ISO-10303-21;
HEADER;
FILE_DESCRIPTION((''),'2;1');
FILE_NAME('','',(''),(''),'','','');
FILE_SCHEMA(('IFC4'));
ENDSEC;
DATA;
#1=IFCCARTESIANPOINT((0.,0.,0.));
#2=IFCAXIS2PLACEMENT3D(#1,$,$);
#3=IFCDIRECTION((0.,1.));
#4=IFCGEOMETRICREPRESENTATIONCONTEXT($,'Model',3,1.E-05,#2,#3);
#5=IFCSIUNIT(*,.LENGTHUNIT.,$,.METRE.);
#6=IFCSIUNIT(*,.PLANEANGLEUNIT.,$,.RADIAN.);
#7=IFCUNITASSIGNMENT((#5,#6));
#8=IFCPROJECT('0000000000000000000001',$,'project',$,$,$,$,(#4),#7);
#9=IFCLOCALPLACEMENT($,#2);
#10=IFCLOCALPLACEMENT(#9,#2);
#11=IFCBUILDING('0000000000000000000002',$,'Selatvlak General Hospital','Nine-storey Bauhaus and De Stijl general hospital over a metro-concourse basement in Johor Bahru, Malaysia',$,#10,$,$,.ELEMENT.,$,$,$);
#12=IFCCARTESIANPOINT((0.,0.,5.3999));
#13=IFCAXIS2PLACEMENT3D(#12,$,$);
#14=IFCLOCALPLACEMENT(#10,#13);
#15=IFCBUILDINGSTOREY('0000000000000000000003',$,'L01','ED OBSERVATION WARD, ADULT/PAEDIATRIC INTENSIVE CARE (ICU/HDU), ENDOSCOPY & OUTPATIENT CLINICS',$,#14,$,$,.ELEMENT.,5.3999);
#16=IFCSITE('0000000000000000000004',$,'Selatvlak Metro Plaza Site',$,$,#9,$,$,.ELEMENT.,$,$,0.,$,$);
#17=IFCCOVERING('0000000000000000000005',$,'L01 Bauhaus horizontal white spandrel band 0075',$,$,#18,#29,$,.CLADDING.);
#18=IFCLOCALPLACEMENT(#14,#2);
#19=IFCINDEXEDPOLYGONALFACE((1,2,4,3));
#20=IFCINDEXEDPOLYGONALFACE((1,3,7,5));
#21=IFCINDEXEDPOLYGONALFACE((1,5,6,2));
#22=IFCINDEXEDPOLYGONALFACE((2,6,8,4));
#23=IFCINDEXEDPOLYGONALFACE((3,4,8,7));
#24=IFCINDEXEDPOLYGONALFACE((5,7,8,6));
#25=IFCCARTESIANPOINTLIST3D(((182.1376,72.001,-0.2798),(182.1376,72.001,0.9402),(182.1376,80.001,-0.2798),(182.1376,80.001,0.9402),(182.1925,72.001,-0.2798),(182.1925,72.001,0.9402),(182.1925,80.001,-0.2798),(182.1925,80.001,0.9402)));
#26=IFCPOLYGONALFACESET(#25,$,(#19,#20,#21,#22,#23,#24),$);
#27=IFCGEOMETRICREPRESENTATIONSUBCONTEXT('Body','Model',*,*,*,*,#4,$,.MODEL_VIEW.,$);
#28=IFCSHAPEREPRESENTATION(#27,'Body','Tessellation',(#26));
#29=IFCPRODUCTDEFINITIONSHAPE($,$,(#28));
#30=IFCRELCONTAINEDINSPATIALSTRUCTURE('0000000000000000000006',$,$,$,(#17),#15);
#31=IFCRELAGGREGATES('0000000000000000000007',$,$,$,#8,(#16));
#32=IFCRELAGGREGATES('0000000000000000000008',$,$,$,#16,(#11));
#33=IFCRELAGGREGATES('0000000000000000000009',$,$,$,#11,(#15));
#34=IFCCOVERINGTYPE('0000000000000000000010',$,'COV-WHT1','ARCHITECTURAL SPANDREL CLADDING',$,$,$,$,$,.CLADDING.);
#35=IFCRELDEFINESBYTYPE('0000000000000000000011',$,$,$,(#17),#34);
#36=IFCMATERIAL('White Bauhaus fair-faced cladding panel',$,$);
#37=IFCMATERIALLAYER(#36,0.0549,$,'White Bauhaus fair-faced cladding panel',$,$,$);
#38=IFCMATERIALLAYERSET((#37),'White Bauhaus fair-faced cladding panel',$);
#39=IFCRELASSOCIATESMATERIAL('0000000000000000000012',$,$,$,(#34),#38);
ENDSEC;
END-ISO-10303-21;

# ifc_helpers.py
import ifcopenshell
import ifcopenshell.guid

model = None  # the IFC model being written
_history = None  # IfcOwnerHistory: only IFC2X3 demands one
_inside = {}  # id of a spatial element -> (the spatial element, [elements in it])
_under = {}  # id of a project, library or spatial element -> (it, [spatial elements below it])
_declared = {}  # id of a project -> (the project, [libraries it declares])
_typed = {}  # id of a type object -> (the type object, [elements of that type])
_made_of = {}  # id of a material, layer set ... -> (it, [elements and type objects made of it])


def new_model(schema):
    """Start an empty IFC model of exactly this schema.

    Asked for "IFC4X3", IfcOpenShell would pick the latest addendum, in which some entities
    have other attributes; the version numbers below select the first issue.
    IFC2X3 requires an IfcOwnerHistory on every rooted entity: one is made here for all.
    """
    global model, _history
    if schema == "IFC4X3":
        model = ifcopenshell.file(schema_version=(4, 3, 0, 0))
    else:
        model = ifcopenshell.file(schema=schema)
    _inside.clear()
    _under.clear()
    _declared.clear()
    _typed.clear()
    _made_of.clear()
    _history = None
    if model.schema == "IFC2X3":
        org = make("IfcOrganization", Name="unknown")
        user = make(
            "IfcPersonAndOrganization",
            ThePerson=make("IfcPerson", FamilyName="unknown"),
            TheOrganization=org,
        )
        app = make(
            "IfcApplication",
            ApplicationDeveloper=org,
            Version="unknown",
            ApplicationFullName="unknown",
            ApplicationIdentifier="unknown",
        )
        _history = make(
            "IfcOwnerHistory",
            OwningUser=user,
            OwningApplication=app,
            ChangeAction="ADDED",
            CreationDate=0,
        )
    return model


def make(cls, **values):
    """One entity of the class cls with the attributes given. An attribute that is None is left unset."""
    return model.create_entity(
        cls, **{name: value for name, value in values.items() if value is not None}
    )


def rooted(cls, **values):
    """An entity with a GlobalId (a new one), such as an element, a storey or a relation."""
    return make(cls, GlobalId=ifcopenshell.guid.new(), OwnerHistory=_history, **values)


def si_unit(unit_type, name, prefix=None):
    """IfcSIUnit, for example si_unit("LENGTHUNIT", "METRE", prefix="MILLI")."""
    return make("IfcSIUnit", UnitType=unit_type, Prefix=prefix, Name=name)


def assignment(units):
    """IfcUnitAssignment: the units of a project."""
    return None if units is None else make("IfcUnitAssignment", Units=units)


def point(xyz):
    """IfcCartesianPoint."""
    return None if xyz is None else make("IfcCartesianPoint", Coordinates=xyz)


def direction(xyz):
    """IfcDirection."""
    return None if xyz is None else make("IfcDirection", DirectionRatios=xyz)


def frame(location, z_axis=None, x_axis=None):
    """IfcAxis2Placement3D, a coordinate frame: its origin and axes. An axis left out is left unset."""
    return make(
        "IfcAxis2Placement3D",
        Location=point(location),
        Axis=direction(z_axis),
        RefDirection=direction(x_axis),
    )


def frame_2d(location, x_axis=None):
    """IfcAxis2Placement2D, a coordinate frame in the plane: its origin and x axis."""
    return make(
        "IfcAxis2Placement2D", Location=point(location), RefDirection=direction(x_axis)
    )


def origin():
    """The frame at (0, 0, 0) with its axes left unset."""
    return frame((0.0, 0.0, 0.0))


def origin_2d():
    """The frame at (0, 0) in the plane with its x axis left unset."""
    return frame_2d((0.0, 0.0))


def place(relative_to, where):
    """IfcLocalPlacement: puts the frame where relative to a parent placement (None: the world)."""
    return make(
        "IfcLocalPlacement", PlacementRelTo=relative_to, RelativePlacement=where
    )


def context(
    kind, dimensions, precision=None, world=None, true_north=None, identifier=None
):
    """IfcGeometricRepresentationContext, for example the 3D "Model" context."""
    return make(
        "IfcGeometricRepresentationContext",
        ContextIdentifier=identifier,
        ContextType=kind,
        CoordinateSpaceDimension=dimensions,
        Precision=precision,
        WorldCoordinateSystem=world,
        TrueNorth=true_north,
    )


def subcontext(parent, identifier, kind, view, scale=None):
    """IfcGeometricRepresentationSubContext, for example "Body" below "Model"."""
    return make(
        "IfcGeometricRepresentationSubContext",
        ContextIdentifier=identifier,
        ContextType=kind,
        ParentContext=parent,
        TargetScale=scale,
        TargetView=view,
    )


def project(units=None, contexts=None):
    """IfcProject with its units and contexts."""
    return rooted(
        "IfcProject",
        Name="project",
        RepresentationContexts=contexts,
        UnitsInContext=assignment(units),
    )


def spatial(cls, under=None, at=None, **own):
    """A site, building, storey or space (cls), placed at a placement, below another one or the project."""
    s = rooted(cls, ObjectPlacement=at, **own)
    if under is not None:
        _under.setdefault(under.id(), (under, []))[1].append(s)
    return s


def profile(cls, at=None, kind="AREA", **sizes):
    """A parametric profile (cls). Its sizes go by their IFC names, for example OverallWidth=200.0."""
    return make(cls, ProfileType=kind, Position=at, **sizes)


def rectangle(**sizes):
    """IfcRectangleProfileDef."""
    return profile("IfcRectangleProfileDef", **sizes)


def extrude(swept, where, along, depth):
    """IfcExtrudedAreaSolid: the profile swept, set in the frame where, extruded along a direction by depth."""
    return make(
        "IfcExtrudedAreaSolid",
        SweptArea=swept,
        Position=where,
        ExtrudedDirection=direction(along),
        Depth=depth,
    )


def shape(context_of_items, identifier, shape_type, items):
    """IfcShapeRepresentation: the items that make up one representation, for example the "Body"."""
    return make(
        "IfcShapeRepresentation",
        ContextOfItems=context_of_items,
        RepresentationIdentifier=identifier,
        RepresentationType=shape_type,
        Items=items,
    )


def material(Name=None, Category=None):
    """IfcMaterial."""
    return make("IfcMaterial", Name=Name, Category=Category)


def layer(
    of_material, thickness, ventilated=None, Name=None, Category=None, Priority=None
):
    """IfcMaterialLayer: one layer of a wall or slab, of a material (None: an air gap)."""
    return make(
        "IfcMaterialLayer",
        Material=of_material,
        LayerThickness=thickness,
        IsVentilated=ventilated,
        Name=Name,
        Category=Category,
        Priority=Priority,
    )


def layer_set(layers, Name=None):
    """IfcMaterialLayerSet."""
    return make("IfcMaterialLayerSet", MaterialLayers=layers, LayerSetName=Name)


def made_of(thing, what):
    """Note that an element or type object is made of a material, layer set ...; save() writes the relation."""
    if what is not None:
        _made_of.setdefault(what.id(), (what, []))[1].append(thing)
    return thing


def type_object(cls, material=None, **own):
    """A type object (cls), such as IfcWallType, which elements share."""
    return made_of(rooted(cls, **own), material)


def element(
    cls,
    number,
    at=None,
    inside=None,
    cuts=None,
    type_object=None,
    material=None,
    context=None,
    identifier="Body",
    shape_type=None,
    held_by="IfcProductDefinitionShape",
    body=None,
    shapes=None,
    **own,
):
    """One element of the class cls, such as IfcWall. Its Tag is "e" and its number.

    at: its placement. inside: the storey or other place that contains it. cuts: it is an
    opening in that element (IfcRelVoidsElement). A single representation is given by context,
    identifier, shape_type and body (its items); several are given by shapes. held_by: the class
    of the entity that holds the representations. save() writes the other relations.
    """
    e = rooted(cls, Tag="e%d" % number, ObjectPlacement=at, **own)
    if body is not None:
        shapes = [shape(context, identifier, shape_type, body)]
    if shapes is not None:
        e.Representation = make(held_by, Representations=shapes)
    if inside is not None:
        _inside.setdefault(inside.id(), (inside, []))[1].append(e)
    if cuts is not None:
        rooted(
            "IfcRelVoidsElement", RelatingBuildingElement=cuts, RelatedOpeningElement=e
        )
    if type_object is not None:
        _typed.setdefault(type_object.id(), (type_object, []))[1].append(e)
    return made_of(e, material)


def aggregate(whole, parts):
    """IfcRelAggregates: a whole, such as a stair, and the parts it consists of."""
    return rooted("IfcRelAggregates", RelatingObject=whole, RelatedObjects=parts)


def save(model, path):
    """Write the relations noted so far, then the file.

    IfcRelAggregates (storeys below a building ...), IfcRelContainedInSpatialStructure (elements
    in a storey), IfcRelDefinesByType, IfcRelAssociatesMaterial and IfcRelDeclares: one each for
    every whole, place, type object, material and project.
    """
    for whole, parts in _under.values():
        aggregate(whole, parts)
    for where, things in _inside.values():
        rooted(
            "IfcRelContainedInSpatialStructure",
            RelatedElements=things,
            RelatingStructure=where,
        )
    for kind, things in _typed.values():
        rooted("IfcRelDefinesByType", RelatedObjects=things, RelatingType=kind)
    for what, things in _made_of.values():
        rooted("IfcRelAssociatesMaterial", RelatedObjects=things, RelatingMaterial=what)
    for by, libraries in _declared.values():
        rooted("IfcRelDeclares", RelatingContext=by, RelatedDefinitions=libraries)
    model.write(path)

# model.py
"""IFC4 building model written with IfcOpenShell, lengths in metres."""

from ifc_helpers import new_model, si_unit, direction, frame, origin, origin_2d, place, context, subcontext, project, spatial, rectangle, extrude, material, layer, layer_set, type_object, element, save


model = new_model("IFC4")

# Units and contexts
model_context = context("Model", 3, precision=1e-05, world=origin(), true_north=direction((0.0, 1.0)))
body_context = subcontext(model_context, "Body", "Model", "MODEL_VIEW")
ifc_project = project(units=[si_unit("LENGTHUNIT", "METRE"), si_unit("PLANEANGLEUNIT", "RADIAN")], contexts=[model_context])

# Site, building, storey
site_placement = place(None, origin())
site = spatial("IfcSite", under=ifc_project, at=site_placement, Name="Selatvlak Metro Plaza Site", CompositionType="ELEMENT", RefElevation=0.0)
building_placement = place(site_placement, origin())
building = spatial("IfcBuilding", under=site, at=building_placement, Name="Selatvlak General Hospital", Description="Nine-storey Bauhaus and De Stijl general hospital over a metro-concourse basement in Johor Bahru, Malaysia", CompositionType="ELEMENT")
storey_placement = place(building_placement, frame((0.0, 0.0, 5.3999)))
storey = spatial("IfcBuildingStorey", under=building, at=storey_placement, Name="L01", Description="ED OBSERVATION WARD, ADULT/PAEDIATRIC INTENSIVE CARE (ICU/HDU), ENDOSCOPY & OUTPATIENT CLINICS", CompositionType="ELEMENT", Elevation=5.3999)

# Covering
ifc_material_1 = material(Name="White Bauhaus fair-faced cladding panel")
ifc_layer_1 = layer(ifc_material_1, 0.0549, Name="White Bauhaus fair-faced cladding panel")
ifc_layer_set_1 = layer_set([ifc_layer_1], Name="White Bauhaus fair-faced cladding panel")
covering_type = type_object("IfcCoveringType", Name="COV-WHT1", Description="ARCHITECTURAL SPANDREL CLADDING", PredefinedType="CLADDING", material=ifc_layer_set_1)
covering_placement = place(storey_placement, frame((182.165, 76.001, -0.2798), z_axis=(0.0, 0.0, 1.0), x_axis=(0.0, -1.0, 0.0)))
element("IfcCovering", 1, at=covering_placement, inside=storey, type_object=covering_type, Name="L01 Bauhaus horizontal white spandrel band 0075", PredefinedType="CLADDING", context=body_context, shape_type="SweptSolid", body=[
    extrude(rectangle(XDim=8.0, YDim=0.0549, at=origin_2d()), origin(), (0.0, 0.0, 1.0), 1.22),
])

save(model, "model.ifc")
